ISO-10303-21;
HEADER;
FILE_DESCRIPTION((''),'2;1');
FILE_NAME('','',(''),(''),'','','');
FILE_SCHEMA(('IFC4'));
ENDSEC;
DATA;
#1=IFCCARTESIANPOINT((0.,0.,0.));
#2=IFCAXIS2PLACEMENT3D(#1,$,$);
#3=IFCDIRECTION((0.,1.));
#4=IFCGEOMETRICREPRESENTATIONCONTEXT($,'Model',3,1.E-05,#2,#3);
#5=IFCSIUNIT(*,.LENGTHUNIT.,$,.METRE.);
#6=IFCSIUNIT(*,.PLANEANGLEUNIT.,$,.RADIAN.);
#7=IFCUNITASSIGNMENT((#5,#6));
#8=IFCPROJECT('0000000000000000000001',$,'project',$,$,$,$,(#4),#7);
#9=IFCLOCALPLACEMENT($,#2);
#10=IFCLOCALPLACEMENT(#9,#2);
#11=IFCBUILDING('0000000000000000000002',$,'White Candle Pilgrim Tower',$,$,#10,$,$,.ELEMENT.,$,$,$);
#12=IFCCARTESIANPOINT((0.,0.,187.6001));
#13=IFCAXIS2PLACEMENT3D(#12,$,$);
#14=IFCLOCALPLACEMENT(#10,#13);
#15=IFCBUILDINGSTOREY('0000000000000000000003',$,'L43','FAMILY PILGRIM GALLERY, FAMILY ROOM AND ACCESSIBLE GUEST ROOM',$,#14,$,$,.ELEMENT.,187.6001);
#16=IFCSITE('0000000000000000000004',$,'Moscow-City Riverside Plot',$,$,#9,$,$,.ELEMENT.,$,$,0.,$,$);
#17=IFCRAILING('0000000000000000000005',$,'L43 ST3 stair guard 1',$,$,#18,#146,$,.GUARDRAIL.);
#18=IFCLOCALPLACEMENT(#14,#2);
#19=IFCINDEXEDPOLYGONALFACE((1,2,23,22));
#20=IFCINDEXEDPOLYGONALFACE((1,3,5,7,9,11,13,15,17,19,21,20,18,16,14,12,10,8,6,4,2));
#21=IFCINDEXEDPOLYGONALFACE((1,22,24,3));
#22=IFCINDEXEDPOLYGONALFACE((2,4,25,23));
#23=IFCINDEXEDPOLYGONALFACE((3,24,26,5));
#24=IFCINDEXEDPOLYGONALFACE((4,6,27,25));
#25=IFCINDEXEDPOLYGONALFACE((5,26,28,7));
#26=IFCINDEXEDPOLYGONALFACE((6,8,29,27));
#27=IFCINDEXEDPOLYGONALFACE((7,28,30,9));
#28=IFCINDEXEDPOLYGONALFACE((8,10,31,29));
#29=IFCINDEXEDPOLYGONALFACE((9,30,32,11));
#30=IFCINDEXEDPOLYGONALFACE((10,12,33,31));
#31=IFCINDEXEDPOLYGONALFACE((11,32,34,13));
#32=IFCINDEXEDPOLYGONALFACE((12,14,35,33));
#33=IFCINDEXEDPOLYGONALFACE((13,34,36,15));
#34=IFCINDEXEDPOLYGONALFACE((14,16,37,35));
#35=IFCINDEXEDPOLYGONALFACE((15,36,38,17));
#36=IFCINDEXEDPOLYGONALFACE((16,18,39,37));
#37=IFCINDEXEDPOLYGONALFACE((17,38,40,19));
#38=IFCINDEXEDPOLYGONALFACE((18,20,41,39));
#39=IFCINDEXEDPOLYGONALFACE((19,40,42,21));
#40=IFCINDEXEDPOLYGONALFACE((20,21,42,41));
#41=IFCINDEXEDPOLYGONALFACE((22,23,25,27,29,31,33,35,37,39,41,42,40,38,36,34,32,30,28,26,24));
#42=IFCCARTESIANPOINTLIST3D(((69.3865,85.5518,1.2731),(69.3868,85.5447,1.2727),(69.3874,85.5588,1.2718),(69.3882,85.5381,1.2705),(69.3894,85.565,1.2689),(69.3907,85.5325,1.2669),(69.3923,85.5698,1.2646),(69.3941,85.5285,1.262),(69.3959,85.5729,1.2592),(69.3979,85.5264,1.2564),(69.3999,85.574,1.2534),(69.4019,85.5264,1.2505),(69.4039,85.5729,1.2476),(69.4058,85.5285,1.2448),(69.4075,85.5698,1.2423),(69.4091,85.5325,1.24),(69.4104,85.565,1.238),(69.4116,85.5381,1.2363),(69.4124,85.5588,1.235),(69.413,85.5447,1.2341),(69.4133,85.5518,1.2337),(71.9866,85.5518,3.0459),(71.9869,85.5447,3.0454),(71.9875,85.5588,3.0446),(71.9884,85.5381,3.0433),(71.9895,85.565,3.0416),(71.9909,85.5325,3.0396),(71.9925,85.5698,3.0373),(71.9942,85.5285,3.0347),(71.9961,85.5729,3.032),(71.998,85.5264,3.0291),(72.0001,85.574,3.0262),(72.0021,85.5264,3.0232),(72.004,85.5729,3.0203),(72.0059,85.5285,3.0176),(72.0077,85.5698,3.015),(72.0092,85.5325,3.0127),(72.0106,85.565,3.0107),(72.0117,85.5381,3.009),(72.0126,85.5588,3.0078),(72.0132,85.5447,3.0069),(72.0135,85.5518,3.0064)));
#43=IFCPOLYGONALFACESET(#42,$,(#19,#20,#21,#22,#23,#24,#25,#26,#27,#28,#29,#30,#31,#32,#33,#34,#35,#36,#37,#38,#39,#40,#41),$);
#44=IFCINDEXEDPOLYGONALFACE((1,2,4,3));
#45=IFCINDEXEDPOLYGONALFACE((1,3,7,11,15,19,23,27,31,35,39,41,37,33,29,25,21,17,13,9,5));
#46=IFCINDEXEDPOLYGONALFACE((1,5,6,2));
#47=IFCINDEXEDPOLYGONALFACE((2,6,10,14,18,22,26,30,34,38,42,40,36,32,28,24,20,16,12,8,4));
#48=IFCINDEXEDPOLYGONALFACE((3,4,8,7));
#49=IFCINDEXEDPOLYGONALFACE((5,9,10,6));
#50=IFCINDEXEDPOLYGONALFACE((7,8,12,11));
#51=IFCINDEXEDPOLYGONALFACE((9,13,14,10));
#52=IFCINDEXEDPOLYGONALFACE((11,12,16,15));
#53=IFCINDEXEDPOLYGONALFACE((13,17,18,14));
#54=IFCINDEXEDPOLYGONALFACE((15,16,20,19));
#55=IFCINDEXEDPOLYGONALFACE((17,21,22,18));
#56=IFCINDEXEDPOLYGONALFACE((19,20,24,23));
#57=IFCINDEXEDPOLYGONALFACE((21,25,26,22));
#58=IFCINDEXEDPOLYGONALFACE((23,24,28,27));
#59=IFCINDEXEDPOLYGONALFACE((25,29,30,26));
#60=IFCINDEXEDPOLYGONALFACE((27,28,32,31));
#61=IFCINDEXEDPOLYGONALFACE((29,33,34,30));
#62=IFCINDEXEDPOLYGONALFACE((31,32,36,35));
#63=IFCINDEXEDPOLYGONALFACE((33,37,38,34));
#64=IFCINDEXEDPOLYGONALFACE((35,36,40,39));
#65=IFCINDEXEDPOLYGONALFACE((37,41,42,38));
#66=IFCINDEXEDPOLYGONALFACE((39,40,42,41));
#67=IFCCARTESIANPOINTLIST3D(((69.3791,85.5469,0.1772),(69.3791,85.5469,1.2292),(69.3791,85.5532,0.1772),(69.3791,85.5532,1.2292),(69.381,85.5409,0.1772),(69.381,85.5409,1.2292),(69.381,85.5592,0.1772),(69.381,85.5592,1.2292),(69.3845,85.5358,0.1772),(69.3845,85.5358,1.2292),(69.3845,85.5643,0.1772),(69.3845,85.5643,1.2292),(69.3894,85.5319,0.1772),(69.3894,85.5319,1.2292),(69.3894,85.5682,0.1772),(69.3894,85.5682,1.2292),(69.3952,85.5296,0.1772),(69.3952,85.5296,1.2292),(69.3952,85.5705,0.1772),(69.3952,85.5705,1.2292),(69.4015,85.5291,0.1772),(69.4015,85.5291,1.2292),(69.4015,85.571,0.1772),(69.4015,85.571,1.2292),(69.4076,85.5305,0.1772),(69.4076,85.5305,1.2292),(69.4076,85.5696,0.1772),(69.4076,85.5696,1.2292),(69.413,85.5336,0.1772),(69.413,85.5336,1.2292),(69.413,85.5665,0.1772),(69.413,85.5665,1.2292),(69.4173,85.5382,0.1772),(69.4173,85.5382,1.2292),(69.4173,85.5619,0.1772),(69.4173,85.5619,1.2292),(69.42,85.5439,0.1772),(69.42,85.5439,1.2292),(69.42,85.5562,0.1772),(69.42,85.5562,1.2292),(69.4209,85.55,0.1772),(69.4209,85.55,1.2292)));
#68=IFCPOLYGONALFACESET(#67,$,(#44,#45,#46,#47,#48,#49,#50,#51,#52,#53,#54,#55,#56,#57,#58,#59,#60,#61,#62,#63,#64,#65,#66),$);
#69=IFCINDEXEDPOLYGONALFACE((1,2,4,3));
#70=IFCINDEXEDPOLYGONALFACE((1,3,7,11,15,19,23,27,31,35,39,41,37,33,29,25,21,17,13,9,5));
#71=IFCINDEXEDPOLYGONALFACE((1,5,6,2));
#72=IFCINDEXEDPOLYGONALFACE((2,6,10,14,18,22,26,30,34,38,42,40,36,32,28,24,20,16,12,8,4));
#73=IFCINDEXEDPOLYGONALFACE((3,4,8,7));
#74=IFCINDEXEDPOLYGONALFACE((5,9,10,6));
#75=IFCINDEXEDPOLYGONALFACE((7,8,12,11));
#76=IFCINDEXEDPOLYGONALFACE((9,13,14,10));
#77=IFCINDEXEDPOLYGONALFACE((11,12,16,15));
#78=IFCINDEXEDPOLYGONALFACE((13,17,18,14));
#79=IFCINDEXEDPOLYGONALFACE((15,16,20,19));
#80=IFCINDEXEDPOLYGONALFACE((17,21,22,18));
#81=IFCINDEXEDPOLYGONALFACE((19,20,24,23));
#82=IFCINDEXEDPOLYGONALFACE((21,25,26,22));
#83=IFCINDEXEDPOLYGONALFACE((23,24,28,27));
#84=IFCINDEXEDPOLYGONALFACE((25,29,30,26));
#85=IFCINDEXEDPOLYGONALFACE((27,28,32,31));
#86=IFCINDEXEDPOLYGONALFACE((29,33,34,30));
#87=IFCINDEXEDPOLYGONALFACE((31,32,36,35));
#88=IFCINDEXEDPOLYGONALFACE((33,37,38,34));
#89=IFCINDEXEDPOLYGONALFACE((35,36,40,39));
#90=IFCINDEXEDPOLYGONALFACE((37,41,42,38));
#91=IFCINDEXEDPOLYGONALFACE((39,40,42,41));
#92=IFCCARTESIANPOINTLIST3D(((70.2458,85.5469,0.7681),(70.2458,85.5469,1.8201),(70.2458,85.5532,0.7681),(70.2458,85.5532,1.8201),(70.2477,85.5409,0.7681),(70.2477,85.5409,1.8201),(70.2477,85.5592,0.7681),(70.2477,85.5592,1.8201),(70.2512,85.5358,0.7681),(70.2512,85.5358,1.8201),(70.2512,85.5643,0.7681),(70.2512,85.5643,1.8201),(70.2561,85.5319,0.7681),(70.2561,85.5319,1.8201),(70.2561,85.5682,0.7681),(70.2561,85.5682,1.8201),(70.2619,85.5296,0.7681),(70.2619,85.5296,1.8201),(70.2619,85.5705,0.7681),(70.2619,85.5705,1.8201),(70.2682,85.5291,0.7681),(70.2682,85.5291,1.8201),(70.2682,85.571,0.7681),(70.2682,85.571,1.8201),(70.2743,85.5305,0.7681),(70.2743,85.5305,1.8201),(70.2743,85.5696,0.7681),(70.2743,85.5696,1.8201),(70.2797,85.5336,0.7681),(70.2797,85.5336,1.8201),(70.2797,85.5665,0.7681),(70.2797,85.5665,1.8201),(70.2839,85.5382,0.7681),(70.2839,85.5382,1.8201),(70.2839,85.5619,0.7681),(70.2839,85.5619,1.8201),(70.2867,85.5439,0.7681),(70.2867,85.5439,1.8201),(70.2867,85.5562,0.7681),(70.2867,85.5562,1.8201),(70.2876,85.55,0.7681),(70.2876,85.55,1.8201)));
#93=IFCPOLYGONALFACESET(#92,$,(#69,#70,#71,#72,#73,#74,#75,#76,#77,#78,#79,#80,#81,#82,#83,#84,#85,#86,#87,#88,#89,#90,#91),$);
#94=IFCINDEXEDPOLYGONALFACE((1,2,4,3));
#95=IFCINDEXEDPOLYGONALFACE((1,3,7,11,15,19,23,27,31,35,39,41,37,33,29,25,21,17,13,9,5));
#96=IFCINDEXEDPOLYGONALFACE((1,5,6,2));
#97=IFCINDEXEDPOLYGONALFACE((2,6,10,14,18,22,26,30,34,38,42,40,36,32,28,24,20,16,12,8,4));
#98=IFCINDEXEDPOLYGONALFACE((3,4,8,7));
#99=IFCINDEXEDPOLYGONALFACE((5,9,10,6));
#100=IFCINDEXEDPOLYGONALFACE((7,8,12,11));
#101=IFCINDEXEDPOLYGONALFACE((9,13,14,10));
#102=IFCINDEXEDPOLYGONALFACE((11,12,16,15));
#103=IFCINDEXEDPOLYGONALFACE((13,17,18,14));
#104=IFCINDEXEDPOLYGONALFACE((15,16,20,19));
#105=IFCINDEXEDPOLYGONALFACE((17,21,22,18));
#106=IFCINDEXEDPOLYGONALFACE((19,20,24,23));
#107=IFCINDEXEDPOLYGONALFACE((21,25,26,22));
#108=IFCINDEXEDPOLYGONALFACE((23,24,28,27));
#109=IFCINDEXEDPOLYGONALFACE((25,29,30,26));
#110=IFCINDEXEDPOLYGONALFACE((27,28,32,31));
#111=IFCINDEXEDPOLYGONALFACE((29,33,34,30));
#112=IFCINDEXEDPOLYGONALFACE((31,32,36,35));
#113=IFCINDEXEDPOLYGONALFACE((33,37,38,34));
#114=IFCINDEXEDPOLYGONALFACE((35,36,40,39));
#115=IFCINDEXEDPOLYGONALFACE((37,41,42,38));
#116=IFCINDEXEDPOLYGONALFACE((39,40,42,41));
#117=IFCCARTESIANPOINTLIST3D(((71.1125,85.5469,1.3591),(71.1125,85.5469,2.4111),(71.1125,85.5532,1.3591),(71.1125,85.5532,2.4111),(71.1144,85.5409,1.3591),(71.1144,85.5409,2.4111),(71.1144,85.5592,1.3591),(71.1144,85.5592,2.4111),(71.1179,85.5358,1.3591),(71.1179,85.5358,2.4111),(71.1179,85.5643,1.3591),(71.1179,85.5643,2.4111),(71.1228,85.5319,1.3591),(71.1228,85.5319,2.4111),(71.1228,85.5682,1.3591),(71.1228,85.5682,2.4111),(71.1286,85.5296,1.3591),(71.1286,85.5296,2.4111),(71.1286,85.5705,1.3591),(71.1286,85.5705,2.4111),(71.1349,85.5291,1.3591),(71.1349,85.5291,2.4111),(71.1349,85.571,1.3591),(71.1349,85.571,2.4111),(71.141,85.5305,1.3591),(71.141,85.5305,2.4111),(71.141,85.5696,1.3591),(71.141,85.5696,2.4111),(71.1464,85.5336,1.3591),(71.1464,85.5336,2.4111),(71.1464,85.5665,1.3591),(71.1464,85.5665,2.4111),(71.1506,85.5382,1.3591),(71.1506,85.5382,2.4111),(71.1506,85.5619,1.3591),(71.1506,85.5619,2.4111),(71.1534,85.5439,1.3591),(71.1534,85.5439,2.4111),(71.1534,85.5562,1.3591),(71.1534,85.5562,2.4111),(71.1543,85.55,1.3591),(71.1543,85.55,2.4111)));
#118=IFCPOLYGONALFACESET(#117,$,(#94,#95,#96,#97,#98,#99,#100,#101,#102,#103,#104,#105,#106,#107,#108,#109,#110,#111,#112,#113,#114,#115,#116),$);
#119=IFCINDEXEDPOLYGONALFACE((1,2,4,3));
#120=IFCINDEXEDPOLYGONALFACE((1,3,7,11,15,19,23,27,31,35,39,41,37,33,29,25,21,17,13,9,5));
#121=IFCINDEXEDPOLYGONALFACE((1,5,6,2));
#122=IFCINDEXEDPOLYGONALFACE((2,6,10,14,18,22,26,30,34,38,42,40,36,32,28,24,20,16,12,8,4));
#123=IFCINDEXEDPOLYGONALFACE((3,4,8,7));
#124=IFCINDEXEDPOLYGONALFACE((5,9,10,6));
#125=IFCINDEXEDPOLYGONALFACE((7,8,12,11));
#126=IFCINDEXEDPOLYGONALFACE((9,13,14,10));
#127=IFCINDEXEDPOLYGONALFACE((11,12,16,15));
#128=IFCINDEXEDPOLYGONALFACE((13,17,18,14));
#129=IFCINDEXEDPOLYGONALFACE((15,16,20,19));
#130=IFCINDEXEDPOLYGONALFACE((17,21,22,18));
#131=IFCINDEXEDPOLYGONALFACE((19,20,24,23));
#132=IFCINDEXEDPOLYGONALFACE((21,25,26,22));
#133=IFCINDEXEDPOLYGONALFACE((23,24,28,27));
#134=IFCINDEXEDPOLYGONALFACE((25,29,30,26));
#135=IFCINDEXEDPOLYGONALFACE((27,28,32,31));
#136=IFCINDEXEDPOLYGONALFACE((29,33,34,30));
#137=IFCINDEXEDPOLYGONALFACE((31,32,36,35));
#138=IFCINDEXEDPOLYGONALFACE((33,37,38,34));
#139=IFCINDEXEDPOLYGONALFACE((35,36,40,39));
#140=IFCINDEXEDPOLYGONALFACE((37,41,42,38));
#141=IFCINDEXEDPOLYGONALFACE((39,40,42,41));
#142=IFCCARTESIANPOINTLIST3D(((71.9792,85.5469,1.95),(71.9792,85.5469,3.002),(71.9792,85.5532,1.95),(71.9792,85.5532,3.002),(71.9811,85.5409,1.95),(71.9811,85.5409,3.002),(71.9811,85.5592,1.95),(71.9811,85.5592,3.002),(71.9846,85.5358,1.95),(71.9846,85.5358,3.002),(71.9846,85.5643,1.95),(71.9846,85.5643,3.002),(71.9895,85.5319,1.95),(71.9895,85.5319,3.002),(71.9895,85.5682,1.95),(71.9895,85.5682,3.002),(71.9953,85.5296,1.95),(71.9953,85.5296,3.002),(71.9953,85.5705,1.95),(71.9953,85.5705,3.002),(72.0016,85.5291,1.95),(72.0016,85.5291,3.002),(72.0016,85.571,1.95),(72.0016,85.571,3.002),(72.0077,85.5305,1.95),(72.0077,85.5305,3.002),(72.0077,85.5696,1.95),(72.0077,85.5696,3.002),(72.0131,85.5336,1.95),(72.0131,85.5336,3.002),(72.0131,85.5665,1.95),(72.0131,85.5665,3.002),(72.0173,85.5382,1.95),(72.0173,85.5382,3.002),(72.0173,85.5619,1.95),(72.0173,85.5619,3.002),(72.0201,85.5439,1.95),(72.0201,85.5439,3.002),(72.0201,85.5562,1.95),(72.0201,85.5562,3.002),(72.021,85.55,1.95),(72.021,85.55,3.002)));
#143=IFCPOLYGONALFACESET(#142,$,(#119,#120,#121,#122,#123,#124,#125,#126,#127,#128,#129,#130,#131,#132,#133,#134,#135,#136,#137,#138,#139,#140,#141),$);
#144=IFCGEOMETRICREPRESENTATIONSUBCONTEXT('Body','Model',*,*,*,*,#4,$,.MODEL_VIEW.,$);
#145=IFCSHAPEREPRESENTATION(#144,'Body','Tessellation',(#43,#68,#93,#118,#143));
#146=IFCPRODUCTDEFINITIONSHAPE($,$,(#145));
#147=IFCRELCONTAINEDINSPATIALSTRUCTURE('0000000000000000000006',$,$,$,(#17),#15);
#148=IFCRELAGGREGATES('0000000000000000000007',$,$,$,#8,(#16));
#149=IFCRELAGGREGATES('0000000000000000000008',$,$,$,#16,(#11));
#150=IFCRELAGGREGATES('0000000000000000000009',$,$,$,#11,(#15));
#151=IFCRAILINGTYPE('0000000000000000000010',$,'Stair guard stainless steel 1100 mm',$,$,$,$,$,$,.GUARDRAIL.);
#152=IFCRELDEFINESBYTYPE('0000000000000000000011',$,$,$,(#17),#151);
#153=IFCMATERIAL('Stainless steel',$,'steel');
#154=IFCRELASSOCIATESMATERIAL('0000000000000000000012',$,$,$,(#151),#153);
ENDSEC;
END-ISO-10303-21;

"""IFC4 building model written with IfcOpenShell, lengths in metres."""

from ifc_helpers import new_model, si_unit, direction, frame, origin, origin_2d, place, context, subcontext, project, spatial, circle, extrude, material, type_object, element, save


model = new_model("IFC4")

# Units and contexts
model_context = context("Model", 3, precision=1e-05, world=origin(), true_north=direction((0.0, 1.0)))
body_context = subcontext(model_context, "Body", "Model", "MODEL_VIEW")
ifc_project = project(units=[si_unit("LENGTHUNIT", "METRE"), si_unit("PLANEANGLEUNIT", "RADIAN")], contexts=[model_context])

# Site, building, storey
site_placement = place(None, origin())
site = spatial("IfcSite", under=ifc_project, at=site_placement, Name="Moscow-City Riverside Plot", CompositionType="ELEMENT", RefElevation=0.0)
building_placement = place(site_placement, origin())
building = spatial("IfcBuilding", under=site, at=building_placement, Name="White Candle Pilgrim Tower", CompositionType="ELEMENT")
storey_placement = place(building_placement, frame((0.0, 0.0, 187.6001)))
storey = spatial("IfcBuildingStorey", under=building, at=storey_placement, Name="L43", Description="FAMILY PILGRIM GALLERY, FAMILY ROOM AND ACCESSIBLE GUEST ROOM", CompositionType="ELEMENT", Elevation=187.6001)

# Railing
ifc_material_1 = material(Name="Stainless steel", Category="steel")
railing_type_1 = type_object("IfcRailingType", Name="Stair guard stainless steel 1100 mm", PredefinedType="GUARDRAIL", material=ifc_material_1)
railing_1_placement = place(storey_placement, frame((69.3999, 85.55, 0.1772)))
element("IfcRailing", 1, at=railing_1_placement, inside=storey, type_object=railing_type_1, Name="L43 ST3 stair guard 1", PredefinedType="GUARDRAIL", context=body_context, shape_type="SweptSolid", body=[
    extrude(circle(Radius=0.0239, at=origin_2d()), frame((0.0, 0.0, 1.0762), z_axis=(0.82624, 0.0, 0.563318), x_axis=(0.0, 1.0, 0.0)), (0.0, 0.0, 1.0), 3.147),
    extrude(circle(Radius=0.021, at=origin_2d()), origin(), (0.0, 0.0, 1.0), 1.052),
    extrude(circle(Radius=0.021, at=origin_2d()), frame((0.8667, 0.0, 0.5908)), (0.0, 0.0, 1.0), 1.052),
    extrude(circle(Radius=0.021, at=origin_2d()), frame((1.7334, 0.0, 1.1819)), (0.0, 0.0, 1.0), 1.052),
    extrude(circle(Radius=0.021, at=origin_2d()), frame((2.6001, 0.0, 1.7727)), (0.0, 0.0, 1.0), 1.052),
])

save(model, "model.ifc")
